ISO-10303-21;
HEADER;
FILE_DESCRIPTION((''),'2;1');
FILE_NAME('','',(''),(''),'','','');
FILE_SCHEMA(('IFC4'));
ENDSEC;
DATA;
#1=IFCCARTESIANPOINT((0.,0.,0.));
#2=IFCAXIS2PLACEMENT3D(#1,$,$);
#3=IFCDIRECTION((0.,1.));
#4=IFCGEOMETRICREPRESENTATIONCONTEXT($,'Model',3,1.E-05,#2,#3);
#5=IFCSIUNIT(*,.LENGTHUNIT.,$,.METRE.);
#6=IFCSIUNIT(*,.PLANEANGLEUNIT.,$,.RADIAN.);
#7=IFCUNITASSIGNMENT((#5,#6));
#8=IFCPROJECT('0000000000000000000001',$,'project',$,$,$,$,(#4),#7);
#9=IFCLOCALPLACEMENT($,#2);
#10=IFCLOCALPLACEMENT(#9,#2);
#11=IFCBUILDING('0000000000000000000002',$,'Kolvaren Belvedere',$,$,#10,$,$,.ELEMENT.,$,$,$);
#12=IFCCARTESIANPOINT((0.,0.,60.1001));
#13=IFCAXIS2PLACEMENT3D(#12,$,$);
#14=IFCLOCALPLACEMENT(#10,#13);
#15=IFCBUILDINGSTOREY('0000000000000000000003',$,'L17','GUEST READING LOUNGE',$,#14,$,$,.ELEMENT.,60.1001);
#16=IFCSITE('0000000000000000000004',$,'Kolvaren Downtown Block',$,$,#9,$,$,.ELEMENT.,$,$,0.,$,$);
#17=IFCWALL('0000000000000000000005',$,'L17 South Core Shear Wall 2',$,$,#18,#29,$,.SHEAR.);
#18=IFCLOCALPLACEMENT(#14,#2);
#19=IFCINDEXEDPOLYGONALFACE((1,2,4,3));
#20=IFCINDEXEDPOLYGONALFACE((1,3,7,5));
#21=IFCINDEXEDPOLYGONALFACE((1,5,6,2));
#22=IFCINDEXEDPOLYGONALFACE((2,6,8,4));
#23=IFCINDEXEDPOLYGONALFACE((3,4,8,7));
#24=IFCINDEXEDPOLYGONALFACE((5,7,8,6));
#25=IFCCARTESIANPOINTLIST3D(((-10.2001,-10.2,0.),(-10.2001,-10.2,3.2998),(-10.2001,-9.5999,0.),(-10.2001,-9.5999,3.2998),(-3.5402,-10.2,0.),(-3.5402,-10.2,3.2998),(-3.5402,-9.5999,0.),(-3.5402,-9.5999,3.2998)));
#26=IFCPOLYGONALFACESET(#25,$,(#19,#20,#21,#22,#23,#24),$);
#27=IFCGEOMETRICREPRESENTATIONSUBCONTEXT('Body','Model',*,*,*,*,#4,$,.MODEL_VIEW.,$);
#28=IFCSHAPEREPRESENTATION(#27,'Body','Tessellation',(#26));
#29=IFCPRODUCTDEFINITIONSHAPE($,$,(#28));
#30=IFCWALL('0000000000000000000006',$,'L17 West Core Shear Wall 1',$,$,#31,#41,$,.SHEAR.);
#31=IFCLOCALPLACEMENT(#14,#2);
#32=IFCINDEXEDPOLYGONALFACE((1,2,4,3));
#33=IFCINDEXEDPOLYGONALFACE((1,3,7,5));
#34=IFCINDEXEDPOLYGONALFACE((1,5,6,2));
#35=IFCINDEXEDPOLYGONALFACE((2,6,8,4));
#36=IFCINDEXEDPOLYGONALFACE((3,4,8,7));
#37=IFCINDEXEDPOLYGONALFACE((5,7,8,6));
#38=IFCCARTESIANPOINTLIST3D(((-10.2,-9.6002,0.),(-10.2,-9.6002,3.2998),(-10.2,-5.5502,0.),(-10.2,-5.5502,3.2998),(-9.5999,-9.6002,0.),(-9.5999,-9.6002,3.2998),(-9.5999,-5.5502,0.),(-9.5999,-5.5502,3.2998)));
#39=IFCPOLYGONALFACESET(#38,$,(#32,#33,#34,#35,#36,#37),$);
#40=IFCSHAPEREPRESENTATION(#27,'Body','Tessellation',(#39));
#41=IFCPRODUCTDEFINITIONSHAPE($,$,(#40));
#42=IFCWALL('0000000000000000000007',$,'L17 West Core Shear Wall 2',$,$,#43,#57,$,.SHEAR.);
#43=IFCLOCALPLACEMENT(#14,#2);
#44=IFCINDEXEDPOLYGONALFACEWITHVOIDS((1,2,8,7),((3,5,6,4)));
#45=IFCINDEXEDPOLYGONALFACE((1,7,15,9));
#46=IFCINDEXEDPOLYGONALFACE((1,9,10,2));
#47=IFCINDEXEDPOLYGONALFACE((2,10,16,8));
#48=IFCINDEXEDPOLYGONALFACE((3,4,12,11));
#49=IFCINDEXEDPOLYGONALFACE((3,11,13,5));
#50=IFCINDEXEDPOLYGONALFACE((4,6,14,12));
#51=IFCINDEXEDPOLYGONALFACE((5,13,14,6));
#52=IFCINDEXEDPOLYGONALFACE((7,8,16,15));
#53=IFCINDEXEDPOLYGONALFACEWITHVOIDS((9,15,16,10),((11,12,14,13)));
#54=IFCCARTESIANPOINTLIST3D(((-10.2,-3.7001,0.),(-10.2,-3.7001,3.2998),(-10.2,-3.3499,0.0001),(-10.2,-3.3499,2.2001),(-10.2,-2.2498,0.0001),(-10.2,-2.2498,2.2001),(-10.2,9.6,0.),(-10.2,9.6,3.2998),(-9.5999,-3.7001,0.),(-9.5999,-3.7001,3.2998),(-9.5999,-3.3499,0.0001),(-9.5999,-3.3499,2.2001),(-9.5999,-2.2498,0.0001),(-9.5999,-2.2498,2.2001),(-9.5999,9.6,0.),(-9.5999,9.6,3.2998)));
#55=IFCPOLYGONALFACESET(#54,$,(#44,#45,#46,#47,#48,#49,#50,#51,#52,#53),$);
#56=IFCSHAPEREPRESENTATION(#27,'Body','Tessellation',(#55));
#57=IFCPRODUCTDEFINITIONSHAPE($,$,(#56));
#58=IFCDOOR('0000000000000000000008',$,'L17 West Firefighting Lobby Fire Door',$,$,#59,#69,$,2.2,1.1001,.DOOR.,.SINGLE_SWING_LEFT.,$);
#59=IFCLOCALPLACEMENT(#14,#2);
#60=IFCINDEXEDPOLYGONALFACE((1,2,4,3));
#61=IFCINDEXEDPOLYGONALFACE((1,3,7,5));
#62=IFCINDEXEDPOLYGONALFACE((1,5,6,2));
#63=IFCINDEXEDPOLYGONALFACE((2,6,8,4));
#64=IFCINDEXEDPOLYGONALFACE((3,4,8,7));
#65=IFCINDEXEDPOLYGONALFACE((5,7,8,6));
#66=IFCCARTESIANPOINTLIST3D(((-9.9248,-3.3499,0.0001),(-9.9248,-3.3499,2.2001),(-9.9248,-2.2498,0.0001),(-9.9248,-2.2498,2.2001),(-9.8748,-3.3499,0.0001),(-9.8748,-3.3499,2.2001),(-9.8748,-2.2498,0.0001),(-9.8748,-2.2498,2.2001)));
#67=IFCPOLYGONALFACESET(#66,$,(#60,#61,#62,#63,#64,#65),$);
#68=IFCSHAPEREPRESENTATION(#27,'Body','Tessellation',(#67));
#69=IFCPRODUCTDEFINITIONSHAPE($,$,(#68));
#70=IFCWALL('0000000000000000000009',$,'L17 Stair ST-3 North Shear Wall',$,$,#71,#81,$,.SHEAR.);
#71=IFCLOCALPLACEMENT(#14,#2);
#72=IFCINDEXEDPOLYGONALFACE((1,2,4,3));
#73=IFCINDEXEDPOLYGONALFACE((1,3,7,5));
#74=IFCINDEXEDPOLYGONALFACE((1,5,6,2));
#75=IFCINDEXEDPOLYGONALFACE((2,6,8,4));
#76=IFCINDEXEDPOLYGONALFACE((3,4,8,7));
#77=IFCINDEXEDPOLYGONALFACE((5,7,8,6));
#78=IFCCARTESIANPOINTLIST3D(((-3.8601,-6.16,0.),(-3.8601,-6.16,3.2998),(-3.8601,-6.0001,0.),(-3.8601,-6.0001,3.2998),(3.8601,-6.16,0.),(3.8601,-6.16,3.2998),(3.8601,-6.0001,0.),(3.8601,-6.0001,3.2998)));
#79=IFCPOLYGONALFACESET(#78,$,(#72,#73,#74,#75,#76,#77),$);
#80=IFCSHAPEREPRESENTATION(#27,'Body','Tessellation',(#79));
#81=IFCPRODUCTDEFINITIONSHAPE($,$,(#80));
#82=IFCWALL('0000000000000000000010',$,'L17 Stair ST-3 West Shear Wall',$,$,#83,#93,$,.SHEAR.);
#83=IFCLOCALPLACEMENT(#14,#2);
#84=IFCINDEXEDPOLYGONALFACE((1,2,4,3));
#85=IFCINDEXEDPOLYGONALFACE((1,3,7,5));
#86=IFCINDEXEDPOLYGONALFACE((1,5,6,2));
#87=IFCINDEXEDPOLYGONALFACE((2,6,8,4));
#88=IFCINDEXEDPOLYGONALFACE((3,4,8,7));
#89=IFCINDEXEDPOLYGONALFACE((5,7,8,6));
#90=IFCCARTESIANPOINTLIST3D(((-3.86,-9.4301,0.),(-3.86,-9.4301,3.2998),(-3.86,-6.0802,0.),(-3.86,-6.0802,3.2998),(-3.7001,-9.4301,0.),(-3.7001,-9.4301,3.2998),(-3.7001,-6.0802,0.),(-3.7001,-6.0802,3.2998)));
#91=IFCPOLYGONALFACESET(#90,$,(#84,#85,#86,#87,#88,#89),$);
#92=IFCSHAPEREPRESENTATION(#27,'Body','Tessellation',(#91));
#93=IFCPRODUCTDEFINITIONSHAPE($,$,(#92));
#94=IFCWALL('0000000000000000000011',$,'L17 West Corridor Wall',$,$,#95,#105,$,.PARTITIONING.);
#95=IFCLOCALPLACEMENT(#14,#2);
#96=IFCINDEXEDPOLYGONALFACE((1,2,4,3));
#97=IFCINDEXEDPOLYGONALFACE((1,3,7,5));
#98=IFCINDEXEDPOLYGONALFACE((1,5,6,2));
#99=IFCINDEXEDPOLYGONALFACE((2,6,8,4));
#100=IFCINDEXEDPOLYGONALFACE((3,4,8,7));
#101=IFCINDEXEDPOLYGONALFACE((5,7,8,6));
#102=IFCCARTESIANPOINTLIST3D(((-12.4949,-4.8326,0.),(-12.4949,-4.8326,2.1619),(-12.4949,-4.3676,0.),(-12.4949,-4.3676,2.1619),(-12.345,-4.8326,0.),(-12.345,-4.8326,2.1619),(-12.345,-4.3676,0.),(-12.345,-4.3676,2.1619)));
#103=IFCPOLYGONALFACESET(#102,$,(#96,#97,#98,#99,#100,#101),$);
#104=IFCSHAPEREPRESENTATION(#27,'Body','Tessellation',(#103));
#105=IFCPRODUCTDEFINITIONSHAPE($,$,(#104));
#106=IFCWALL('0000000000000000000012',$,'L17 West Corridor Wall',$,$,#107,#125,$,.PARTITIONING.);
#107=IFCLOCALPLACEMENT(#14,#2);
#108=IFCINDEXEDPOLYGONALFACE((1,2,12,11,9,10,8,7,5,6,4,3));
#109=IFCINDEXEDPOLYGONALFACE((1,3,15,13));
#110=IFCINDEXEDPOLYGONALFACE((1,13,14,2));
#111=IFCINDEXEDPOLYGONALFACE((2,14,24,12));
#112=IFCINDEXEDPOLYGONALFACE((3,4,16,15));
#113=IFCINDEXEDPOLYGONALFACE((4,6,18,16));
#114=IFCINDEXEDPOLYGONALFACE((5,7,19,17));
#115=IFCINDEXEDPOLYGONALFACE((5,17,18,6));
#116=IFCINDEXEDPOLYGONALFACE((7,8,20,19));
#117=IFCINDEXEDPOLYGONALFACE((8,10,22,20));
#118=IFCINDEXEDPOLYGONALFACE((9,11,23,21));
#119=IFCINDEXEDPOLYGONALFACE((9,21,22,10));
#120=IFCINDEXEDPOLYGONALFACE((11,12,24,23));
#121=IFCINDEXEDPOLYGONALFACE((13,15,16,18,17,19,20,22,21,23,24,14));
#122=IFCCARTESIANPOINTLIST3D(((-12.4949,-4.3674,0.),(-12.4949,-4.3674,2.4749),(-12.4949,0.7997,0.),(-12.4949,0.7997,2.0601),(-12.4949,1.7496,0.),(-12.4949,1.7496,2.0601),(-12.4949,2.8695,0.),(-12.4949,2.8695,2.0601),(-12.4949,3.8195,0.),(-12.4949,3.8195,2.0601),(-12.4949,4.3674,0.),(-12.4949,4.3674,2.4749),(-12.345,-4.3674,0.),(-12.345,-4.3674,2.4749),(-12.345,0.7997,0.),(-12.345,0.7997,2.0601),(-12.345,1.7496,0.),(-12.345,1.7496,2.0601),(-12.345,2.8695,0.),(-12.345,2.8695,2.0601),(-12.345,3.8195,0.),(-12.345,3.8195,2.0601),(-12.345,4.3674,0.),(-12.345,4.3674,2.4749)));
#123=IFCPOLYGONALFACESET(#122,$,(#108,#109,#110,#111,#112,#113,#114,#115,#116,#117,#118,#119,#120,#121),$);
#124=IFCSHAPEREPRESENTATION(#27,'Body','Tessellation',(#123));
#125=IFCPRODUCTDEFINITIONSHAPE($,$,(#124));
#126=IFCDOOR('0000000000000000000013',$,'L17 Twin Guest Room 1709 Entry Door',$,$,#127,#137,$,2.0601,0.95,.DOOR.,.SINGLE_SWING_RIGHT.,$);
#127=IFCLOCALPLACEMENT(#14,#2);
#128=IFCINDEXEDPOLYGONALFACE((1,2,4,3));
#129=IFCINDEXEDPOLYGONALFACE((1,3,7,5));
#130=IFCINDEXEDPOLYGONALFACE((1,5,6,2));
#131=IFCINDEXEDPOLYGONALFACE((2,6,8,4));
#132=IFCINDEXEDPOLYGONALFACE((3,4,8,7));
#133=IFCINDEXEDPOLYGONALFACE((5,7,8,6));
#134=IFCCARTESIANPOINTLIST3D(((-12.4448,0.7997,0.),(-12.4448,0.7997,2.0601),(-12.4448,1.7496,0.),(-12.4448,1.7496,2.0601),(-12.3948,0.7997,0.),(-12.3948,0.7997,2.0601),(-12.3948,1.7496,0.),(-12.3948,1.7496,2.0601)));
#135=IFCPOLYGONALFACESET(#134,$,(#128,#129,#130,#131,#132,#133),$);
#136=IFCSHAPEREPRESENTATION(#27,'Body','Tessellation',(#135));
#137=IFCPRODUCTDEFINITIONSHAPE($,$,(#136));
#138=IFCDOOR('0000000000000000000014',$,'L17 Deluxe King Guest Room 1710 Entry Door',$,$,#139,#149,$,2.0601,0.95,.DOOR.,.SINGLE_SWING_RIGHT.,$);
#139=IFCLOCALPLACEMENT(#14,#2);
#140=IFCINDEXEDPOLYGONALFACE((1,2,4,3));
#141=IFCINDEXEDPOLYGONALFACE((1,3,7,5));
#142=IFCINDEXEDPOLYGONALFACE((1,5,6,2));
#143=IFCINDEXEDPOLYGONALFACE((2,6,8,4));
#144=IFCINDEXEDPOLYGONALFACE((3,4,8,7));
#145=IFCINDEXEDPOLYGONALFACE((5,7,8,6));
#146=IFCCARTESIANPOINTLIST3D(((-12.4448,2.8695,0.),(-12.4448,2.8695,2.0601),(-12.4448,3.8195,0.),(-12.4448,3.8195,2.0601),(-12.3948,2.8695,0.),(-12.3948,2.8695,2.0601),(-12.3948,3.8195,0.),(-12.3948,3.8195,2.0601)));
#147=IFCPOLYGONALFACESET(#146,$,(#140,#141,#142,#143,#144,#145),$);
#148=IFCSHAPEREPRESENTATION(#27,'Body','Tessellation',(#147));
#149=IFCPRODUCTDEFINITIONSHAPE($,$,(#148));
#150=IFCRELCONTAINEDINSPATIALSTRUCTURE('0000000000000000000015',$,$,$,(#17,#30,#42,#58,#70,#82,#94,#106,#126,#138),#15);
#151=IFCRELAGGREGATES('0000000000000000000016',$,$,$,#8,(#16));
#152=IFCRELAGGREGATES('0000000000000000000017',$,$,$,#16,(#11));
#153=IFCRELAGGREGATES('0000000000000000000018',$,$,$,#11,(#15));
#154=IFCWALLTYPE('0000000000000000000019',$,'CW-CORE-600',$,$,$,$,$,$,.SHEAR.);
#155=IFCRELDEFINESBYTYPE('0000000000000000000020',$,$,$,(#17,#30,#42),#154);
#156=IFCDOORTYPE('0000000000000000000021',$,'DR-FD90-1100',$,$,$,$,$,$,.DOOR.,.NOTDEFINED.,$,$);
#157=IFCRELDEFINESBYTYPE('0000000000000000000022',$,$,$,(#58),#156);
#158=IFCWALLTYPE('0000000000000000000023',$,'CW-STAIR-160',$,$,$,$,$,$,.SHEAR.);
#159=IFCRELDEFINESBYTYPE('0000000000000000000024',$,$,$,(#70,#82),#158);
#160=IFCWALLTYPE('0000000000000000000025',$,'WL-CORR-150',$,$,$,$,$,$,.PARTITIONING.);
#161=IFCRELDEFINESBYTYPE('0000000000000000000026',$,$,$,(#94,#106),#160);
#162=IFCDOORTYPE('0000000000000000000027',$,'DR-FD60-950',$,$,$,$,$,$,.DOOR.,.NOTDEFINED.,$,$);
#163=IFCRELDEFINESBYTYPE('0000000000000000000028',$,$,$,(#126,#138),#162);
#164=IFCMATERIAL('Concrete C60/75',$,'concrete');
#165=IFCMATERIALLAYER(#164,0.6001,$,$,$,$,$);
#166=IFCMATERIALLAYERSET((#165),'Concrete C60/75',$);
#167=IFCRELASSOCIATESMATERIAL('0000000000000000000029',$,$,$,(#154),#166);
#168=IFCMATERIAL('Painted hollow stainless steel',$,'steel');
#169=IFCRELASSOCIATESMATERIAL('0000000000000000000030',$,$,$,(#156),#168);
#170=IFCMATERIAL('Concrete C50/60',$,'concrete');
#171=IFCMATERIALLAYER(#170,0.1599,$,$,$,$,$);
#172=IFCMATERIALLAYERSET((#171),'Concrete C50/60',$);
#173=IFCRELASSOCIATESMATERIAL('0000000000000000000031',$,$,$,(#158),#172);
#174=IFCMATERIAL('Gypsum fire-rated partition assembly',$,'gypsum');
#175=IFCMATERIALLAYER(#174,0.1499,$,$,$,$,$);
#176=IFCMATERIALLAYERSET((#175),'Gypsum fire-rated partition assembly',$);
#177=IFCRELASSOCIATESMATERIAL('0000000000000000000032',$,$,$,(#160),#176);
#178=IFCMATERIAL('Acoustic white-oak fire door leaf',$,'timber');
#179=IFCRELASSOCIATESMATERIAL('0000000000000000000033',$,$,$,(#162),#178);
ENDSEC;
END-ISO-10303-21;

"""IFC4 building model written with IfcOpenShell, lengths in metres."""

from ifc_helpers import new_model, si_unit, direction, frame, frame_2d, origin, place, context, subcontext, project, spatial, rectangle, extrude, material, layer, layer_set, type_object, element, fill, save


model = new_model("IFC4")

# Units and contexts
model_context = context("Model", 3, precision=1e-05, world=origin(), true_north=direction((0.0, 1.0)))
body_context = subcontext(model_context, "Body", "Model", "MODEL_VIEW")
ifc_project = project(units=[si_unit("LENGTHUNIT", "METRE"), si_unit("PLANEANGLEUNIT", "RADIAN")], contexts=[model_context])

# Site, building, storey
site_placement = place(None, origin())
site = spatial("IfcSite", under=ifc_project, at=site_placement, Name="Kolvaren Downtown Block", CompositionType="ELEMENT", RefElevation=0.0)
building_placement = place(site_placement, origin())
building = spatial("IfcBuilding", under=site, at=building_placement, Name="Kolvaren Belvedere", CompositionType="ELEMENT")
storey_placement = place(building_placement, frame((0.0, 0.0, 60.1001)))
storey = spatial("IfcBuildingStorey", under=building, at=storey_placement, Name="L17", Description="GUEST READING LOUNGE", CompositionType="ELEMENT", Elevation=60.1001)

# Walls
ifc_material_1 = material(Name="Concrete C60/75", Category="concrete")
ifc_layer_1 = layer(ifc_material_1, 0.6001)
ifc_layer_set_1 = layer_set([ifc_layer_1], Name="Concrete C60/75")
wall_type_1 = type_object("IfcWallType", Name="CW-CORE-600", PredefinedType="SHEAR", material=ifc_layer_set_1)
wall_1_placement = place(storey_placement, frame((-3.54, -9.8999, 0.0), z_axis=(0.0, 0.0, 1.0), x_axis=(-1.0, 0.0, 0.0)))
element("IfcWall", 1, at=wall_1_placement, inside=storey, type_object=wall_type_1, Name="L17 South Core Shear Wall 2", PredefinedType="SHEAR", context=body_context, shape_type="SweptSolid", body=[
    extrude(rectangle(XDim=6.6599, YDim=0.6001, at=frame_2d((3.3301, 0.0))), origin(), (0.0, 0.0, 1.0), 3.2998),
])
wall_2_placement = place(storey_placement, frame((-9.8999, -9.6001, 0.0), z_axis=(0.0, 0.0, 1.0), x_axis=(0.0, 1.0, 0.0)))
element("IfcWall", 2, at=wall_2_placement, inside=storey, type_object=wall_type_1, Name="L17 West Core Shear Wall 1", PredefinedType="SHEAR", context=body_context, shape_type="SweptSolid", body=[
    extrude(rectangle(XDim=4.05, YDim=0.6001, at=frame_2d((2.0249, 0.0))), origin(), (0.0, 0.0, 1.0), 3.2998),
])

# Wall, opening, door
wall_3_placement = place(storey_placement, frame((-9.8999, -3.7, 0.0), z_axis=(0.0, 0.0, 1.0), x_axis=(0.0, 1.0, 0.0)))
wall_3 = element("IfcWall", 3, at=wall_3_placement, inside=storey, type_object=wall_type_1, Name="L17 West Core Shear Wall 2", PredefinedType="SHEAR", context=body_context, shape_type="SweptSolid", body=[
    extrude(rectangle(XDim=13.3, YDim=0.6001, at=frame_2d((6.6499, 0.0))), origin(), (0.0, 0.0, 1.0), 3.2998),
])
opening_1_placement = place(wall_3_placement, frame((0.3501, 0.0, 0.0)))
opening_1 = element("IfcOpeningElement", 4, at=opening_1_placement, cuts=wall_3, PredefinedType="OPENING", context=body_context, shape_type="SweptSolid", body=[
    extrude(rectangle(XDim=1.1001, YDim=2.2, at=frame_2d((0.55, 1.1001))), frame((0.0, 0.3101, 0.0), z_axis=(0.0, -1.0, 0.0), x_axis=(1.0, 0.0, 0.0)), (0.0, 0.0, 1.0), 0.6201),
])
ifc_material_2 = material(Name="Painted hollow stainless steel", Category="steel")
door_type_1 = type_object("IfcDoorType", Name="DR-FD90-1100", OperationType="NOTDEFINED", PredefinedType="DOOR", material=ifc_material_2)
door_1_placement = place(opening_1_placement, origin())
door_1 = element("IfcDoor", 5, at=door_1_placement, inside=storey, type_object=door_type_1, Name="L17 West Firefighting Lobby Fire Door", OperationType="SINGLE_SWING_LEFT", OverallHeight=2.2, OverallWidth=1.1001, PredefinedType="DOOR", context=body_context, shape_type="SweptSolid", body=[
    extrude(rectangle(XDim=1.1001, YDim=2.2, at=frame_2d((0.55, 1.1001))), frame((0.0, 0.0249, 0.0), z_axis=(0.0, -1.0, 0.0), x_axis=(1.0, 0.0, 0.0)), (0.0, 0.0, 1.0), 0.05),
])
fill(opening_1, door_1)

# Walls
ifc_material_3 = material(Name="Concrete C50/60", Category="concrete")
ifc_layer_2 = layer(ifc_material_3, 0.1599)
ifc_layer_set_2 = layer_set([ifc_layer_2], Name="Concrete C50/60")
wall_type_2 = type_object("IfcWallType", Name="CW-STAIR-160", PredefinedType="SHEAR", material=ifc_layer_set_2)
wall_4_placement = place(storey_placement, frame((-3.8601, -6.0801, 0.0), z_axis=(0.0, 0.0, 1.0), x_axis=(1.0, 0.0, 0.0)))
element("IfcWall", 6, at=wall_4_placement, inside=storey, type_object=wall_type_2, Name="L17 Stair ST-3 North Shear Wall", PredefinedType="SHEAR", context=body_context, shape_type="SweptSolid", body=[
    extrude(rectangle(XDim=7.7202, YDim=0.1599, at=frame_2d((3.8601, 0.0))), origin(), (0.0, 0.0, 1.0), 3.2998),
])
wall_5_placement = place(storey_placement, frame((-3.78, -9.4299, 0.0), z_axis=(0.0, 0.0, 1.0), x_axis=(0.0, 1.0, 0.0)))
element("IfcWall", 7, at=wall_5_placement, inside=storey, type_object=wall_type_2, Name="L17 Stair ST-3 West Shear Wall", PredefinedType="SHEAR", context=body_context, shape_type="SweptSolid", body=[
    extrude(rectangle(XDim=3.3499, YDim=0.1599, at=frame_2d((1.6748, 0.0))), origin(), (0.0, 0.0, 1.0), 3.2998),
])
ifc_material_4 = material(Name="Gypsum fire-rated partition assembly", Category="gypsum")
ifc_layer_3 = layer(ifc_material_4, 0.1499)
ifc_layer_set_3 = layer_set([ifc_layer_3], Name="Gypsum fire-rated partition assembly")
wall_type_3 = type_object("IfcWallType", Name="WL-CORR-150", PredefinedType="PARTITIONING", material=ifc_layer_set_3)
wall_6_placement = place(storey_placement, frame((-12.4199, -4.8325, 0.0), z_axis=(0.0, 0.0, 1.0), x_axis=(0.0, 1.0, 0.0)))
element("IfcWall", 8, at=wall_6_placement, inside=storey, type_object=wall_type_3, Name="L17 West Corridor Wall", PredefinedType="PARTITIONING", context=body_context, shape_type="SweptSolid", body=[
    extrude(rectangle(XDim=0.4651, YDim=0.1499, at=frame_2d((0.2324, 0.0))), origin(), (0.0, 0.0, 1.0), 2.1619),
])

# Wall, openings, doors
wall_7_placement = place(storey_placement, frame((-12.4199, -4.3674, 0.0), z_axis=(0.0, 0.0, 1.0), x_axis=(0.0, 1.0, 0.0)))
wall_7 = element("IfcWall", 9, at=wall_7_placement, inside=storey, type_object=wall_type_3, Name="L17 West Corridor Wall", PredefinedType="PARTITIONING", context=body_context, shape_type="SweptSolid", body=[
    extrude(rectangle(XDim=8.7349, YDim=0.1499, at=frame_2d((4.3674, 0.0))), origin(), (0.0, 0.0, 1.0), 2.4749),
])
opening_2_placement = place(wall_7_placement, frame((5.167, 0.0, 0.0)))
opening_2 = element("IfcOpeningElement", 10, at=opening_2_placement, cuts=wall_7, PredefinedType="OPENING", context=body_context, shape_type="SweptSolid", body=[
    extrude(rectangle(XDim=0.95, YDim=2.0601, at=frame_2d((0.4751, 1.03))), frame((0.0, 0.085, 0.0), z_axis=(0.0, -1.0, 0.0), x_axis=(1.0, 0.0, 0.0)), (0.0, 0.0, 1.0), 0.1699),
])
opening_3_placement = place(wall_7_placement, frame((7.2368, 0.0, 0.0)))
opening_3 = element("IfcOpeningElement", 11, at=opening_3_placement, cuts=wall_7, PredefinedType="OPENING", context=body_context, shape_type="SweptSolid", body=[
    extrude(rectangle(XDim=0.95, YDim=2.0601, at=frame_2d((0.4751, 1.03))), frame((0.0, 0.085, 0.0), z_axis=(0.0, -1.0, 0.0), x_axis=(1.0, 0.0, 0.0)), (0.0, 0.0, 1.0), 0.1699),
])
ifc_material_5 = material(Name="Acoustic white-oak fire door leaf", Category="timber")
door_type_2 = type_object("IfcDoorType", Name="DR-FD60-950", OperationType="NOTDEFINED", PredefinedType="DOOR", material=ifc_material_5)
door_2_placement = place(opening_2_placement, origin())
door_2 = element("IfcDoor", 12, at=door_2_placement, inside=storey, type_object=door_type_2, Name="L17 Twin Guest Room 1709 Entry Door", OperationType="SINGLE_SWING_RIGHT", OverallHeight=2.0601, OverallWidth=0.95, PredefinedType="DOOR", context=body_context, shape_type="SweptSolid", body=[
    extrude(rectangle(XDim=0.95, YDim=2.0601, at=frame_2d((0.4751, 1.03))), frame((0.0, 0.0249, 0.0), z_axis=(0.0, -1.0, 0.0), x_axis=(1.0, 0.0, 0.0)), (0.0, 0.0, 1.0), 0.05),
])
fill(opening_2, door_2)
door_3_placement = place(opening_3_placement, origin())
door_3 = element("IfcDoor", 13, at=door_3_placement, inside=storey, type_object=door_type_2, Name="L17 Deluxe King Guest Room 1710 Entry Door", OperationType="SINGLE_SWING_RIGHT", OverallHeight=2.0601, OverallWidth=0.95, PredefinedType="DOOR", context=body_context, shape_type="SweptSolid", body=[
    extrude(rectangle(XDim=0.95, YDim=2.0601, at=frame_2d((0.4751, 1.03))), frame((0.0, 0.0249, 0.0), z_axis=(0.0, -1.0, 0.0), x_axis=(1.0, 0.0, 0.0)), (0.0, 0.0, 1.0), 0.05),
])
fill(opening_3, door_3)

save(model, "model.ifc")
